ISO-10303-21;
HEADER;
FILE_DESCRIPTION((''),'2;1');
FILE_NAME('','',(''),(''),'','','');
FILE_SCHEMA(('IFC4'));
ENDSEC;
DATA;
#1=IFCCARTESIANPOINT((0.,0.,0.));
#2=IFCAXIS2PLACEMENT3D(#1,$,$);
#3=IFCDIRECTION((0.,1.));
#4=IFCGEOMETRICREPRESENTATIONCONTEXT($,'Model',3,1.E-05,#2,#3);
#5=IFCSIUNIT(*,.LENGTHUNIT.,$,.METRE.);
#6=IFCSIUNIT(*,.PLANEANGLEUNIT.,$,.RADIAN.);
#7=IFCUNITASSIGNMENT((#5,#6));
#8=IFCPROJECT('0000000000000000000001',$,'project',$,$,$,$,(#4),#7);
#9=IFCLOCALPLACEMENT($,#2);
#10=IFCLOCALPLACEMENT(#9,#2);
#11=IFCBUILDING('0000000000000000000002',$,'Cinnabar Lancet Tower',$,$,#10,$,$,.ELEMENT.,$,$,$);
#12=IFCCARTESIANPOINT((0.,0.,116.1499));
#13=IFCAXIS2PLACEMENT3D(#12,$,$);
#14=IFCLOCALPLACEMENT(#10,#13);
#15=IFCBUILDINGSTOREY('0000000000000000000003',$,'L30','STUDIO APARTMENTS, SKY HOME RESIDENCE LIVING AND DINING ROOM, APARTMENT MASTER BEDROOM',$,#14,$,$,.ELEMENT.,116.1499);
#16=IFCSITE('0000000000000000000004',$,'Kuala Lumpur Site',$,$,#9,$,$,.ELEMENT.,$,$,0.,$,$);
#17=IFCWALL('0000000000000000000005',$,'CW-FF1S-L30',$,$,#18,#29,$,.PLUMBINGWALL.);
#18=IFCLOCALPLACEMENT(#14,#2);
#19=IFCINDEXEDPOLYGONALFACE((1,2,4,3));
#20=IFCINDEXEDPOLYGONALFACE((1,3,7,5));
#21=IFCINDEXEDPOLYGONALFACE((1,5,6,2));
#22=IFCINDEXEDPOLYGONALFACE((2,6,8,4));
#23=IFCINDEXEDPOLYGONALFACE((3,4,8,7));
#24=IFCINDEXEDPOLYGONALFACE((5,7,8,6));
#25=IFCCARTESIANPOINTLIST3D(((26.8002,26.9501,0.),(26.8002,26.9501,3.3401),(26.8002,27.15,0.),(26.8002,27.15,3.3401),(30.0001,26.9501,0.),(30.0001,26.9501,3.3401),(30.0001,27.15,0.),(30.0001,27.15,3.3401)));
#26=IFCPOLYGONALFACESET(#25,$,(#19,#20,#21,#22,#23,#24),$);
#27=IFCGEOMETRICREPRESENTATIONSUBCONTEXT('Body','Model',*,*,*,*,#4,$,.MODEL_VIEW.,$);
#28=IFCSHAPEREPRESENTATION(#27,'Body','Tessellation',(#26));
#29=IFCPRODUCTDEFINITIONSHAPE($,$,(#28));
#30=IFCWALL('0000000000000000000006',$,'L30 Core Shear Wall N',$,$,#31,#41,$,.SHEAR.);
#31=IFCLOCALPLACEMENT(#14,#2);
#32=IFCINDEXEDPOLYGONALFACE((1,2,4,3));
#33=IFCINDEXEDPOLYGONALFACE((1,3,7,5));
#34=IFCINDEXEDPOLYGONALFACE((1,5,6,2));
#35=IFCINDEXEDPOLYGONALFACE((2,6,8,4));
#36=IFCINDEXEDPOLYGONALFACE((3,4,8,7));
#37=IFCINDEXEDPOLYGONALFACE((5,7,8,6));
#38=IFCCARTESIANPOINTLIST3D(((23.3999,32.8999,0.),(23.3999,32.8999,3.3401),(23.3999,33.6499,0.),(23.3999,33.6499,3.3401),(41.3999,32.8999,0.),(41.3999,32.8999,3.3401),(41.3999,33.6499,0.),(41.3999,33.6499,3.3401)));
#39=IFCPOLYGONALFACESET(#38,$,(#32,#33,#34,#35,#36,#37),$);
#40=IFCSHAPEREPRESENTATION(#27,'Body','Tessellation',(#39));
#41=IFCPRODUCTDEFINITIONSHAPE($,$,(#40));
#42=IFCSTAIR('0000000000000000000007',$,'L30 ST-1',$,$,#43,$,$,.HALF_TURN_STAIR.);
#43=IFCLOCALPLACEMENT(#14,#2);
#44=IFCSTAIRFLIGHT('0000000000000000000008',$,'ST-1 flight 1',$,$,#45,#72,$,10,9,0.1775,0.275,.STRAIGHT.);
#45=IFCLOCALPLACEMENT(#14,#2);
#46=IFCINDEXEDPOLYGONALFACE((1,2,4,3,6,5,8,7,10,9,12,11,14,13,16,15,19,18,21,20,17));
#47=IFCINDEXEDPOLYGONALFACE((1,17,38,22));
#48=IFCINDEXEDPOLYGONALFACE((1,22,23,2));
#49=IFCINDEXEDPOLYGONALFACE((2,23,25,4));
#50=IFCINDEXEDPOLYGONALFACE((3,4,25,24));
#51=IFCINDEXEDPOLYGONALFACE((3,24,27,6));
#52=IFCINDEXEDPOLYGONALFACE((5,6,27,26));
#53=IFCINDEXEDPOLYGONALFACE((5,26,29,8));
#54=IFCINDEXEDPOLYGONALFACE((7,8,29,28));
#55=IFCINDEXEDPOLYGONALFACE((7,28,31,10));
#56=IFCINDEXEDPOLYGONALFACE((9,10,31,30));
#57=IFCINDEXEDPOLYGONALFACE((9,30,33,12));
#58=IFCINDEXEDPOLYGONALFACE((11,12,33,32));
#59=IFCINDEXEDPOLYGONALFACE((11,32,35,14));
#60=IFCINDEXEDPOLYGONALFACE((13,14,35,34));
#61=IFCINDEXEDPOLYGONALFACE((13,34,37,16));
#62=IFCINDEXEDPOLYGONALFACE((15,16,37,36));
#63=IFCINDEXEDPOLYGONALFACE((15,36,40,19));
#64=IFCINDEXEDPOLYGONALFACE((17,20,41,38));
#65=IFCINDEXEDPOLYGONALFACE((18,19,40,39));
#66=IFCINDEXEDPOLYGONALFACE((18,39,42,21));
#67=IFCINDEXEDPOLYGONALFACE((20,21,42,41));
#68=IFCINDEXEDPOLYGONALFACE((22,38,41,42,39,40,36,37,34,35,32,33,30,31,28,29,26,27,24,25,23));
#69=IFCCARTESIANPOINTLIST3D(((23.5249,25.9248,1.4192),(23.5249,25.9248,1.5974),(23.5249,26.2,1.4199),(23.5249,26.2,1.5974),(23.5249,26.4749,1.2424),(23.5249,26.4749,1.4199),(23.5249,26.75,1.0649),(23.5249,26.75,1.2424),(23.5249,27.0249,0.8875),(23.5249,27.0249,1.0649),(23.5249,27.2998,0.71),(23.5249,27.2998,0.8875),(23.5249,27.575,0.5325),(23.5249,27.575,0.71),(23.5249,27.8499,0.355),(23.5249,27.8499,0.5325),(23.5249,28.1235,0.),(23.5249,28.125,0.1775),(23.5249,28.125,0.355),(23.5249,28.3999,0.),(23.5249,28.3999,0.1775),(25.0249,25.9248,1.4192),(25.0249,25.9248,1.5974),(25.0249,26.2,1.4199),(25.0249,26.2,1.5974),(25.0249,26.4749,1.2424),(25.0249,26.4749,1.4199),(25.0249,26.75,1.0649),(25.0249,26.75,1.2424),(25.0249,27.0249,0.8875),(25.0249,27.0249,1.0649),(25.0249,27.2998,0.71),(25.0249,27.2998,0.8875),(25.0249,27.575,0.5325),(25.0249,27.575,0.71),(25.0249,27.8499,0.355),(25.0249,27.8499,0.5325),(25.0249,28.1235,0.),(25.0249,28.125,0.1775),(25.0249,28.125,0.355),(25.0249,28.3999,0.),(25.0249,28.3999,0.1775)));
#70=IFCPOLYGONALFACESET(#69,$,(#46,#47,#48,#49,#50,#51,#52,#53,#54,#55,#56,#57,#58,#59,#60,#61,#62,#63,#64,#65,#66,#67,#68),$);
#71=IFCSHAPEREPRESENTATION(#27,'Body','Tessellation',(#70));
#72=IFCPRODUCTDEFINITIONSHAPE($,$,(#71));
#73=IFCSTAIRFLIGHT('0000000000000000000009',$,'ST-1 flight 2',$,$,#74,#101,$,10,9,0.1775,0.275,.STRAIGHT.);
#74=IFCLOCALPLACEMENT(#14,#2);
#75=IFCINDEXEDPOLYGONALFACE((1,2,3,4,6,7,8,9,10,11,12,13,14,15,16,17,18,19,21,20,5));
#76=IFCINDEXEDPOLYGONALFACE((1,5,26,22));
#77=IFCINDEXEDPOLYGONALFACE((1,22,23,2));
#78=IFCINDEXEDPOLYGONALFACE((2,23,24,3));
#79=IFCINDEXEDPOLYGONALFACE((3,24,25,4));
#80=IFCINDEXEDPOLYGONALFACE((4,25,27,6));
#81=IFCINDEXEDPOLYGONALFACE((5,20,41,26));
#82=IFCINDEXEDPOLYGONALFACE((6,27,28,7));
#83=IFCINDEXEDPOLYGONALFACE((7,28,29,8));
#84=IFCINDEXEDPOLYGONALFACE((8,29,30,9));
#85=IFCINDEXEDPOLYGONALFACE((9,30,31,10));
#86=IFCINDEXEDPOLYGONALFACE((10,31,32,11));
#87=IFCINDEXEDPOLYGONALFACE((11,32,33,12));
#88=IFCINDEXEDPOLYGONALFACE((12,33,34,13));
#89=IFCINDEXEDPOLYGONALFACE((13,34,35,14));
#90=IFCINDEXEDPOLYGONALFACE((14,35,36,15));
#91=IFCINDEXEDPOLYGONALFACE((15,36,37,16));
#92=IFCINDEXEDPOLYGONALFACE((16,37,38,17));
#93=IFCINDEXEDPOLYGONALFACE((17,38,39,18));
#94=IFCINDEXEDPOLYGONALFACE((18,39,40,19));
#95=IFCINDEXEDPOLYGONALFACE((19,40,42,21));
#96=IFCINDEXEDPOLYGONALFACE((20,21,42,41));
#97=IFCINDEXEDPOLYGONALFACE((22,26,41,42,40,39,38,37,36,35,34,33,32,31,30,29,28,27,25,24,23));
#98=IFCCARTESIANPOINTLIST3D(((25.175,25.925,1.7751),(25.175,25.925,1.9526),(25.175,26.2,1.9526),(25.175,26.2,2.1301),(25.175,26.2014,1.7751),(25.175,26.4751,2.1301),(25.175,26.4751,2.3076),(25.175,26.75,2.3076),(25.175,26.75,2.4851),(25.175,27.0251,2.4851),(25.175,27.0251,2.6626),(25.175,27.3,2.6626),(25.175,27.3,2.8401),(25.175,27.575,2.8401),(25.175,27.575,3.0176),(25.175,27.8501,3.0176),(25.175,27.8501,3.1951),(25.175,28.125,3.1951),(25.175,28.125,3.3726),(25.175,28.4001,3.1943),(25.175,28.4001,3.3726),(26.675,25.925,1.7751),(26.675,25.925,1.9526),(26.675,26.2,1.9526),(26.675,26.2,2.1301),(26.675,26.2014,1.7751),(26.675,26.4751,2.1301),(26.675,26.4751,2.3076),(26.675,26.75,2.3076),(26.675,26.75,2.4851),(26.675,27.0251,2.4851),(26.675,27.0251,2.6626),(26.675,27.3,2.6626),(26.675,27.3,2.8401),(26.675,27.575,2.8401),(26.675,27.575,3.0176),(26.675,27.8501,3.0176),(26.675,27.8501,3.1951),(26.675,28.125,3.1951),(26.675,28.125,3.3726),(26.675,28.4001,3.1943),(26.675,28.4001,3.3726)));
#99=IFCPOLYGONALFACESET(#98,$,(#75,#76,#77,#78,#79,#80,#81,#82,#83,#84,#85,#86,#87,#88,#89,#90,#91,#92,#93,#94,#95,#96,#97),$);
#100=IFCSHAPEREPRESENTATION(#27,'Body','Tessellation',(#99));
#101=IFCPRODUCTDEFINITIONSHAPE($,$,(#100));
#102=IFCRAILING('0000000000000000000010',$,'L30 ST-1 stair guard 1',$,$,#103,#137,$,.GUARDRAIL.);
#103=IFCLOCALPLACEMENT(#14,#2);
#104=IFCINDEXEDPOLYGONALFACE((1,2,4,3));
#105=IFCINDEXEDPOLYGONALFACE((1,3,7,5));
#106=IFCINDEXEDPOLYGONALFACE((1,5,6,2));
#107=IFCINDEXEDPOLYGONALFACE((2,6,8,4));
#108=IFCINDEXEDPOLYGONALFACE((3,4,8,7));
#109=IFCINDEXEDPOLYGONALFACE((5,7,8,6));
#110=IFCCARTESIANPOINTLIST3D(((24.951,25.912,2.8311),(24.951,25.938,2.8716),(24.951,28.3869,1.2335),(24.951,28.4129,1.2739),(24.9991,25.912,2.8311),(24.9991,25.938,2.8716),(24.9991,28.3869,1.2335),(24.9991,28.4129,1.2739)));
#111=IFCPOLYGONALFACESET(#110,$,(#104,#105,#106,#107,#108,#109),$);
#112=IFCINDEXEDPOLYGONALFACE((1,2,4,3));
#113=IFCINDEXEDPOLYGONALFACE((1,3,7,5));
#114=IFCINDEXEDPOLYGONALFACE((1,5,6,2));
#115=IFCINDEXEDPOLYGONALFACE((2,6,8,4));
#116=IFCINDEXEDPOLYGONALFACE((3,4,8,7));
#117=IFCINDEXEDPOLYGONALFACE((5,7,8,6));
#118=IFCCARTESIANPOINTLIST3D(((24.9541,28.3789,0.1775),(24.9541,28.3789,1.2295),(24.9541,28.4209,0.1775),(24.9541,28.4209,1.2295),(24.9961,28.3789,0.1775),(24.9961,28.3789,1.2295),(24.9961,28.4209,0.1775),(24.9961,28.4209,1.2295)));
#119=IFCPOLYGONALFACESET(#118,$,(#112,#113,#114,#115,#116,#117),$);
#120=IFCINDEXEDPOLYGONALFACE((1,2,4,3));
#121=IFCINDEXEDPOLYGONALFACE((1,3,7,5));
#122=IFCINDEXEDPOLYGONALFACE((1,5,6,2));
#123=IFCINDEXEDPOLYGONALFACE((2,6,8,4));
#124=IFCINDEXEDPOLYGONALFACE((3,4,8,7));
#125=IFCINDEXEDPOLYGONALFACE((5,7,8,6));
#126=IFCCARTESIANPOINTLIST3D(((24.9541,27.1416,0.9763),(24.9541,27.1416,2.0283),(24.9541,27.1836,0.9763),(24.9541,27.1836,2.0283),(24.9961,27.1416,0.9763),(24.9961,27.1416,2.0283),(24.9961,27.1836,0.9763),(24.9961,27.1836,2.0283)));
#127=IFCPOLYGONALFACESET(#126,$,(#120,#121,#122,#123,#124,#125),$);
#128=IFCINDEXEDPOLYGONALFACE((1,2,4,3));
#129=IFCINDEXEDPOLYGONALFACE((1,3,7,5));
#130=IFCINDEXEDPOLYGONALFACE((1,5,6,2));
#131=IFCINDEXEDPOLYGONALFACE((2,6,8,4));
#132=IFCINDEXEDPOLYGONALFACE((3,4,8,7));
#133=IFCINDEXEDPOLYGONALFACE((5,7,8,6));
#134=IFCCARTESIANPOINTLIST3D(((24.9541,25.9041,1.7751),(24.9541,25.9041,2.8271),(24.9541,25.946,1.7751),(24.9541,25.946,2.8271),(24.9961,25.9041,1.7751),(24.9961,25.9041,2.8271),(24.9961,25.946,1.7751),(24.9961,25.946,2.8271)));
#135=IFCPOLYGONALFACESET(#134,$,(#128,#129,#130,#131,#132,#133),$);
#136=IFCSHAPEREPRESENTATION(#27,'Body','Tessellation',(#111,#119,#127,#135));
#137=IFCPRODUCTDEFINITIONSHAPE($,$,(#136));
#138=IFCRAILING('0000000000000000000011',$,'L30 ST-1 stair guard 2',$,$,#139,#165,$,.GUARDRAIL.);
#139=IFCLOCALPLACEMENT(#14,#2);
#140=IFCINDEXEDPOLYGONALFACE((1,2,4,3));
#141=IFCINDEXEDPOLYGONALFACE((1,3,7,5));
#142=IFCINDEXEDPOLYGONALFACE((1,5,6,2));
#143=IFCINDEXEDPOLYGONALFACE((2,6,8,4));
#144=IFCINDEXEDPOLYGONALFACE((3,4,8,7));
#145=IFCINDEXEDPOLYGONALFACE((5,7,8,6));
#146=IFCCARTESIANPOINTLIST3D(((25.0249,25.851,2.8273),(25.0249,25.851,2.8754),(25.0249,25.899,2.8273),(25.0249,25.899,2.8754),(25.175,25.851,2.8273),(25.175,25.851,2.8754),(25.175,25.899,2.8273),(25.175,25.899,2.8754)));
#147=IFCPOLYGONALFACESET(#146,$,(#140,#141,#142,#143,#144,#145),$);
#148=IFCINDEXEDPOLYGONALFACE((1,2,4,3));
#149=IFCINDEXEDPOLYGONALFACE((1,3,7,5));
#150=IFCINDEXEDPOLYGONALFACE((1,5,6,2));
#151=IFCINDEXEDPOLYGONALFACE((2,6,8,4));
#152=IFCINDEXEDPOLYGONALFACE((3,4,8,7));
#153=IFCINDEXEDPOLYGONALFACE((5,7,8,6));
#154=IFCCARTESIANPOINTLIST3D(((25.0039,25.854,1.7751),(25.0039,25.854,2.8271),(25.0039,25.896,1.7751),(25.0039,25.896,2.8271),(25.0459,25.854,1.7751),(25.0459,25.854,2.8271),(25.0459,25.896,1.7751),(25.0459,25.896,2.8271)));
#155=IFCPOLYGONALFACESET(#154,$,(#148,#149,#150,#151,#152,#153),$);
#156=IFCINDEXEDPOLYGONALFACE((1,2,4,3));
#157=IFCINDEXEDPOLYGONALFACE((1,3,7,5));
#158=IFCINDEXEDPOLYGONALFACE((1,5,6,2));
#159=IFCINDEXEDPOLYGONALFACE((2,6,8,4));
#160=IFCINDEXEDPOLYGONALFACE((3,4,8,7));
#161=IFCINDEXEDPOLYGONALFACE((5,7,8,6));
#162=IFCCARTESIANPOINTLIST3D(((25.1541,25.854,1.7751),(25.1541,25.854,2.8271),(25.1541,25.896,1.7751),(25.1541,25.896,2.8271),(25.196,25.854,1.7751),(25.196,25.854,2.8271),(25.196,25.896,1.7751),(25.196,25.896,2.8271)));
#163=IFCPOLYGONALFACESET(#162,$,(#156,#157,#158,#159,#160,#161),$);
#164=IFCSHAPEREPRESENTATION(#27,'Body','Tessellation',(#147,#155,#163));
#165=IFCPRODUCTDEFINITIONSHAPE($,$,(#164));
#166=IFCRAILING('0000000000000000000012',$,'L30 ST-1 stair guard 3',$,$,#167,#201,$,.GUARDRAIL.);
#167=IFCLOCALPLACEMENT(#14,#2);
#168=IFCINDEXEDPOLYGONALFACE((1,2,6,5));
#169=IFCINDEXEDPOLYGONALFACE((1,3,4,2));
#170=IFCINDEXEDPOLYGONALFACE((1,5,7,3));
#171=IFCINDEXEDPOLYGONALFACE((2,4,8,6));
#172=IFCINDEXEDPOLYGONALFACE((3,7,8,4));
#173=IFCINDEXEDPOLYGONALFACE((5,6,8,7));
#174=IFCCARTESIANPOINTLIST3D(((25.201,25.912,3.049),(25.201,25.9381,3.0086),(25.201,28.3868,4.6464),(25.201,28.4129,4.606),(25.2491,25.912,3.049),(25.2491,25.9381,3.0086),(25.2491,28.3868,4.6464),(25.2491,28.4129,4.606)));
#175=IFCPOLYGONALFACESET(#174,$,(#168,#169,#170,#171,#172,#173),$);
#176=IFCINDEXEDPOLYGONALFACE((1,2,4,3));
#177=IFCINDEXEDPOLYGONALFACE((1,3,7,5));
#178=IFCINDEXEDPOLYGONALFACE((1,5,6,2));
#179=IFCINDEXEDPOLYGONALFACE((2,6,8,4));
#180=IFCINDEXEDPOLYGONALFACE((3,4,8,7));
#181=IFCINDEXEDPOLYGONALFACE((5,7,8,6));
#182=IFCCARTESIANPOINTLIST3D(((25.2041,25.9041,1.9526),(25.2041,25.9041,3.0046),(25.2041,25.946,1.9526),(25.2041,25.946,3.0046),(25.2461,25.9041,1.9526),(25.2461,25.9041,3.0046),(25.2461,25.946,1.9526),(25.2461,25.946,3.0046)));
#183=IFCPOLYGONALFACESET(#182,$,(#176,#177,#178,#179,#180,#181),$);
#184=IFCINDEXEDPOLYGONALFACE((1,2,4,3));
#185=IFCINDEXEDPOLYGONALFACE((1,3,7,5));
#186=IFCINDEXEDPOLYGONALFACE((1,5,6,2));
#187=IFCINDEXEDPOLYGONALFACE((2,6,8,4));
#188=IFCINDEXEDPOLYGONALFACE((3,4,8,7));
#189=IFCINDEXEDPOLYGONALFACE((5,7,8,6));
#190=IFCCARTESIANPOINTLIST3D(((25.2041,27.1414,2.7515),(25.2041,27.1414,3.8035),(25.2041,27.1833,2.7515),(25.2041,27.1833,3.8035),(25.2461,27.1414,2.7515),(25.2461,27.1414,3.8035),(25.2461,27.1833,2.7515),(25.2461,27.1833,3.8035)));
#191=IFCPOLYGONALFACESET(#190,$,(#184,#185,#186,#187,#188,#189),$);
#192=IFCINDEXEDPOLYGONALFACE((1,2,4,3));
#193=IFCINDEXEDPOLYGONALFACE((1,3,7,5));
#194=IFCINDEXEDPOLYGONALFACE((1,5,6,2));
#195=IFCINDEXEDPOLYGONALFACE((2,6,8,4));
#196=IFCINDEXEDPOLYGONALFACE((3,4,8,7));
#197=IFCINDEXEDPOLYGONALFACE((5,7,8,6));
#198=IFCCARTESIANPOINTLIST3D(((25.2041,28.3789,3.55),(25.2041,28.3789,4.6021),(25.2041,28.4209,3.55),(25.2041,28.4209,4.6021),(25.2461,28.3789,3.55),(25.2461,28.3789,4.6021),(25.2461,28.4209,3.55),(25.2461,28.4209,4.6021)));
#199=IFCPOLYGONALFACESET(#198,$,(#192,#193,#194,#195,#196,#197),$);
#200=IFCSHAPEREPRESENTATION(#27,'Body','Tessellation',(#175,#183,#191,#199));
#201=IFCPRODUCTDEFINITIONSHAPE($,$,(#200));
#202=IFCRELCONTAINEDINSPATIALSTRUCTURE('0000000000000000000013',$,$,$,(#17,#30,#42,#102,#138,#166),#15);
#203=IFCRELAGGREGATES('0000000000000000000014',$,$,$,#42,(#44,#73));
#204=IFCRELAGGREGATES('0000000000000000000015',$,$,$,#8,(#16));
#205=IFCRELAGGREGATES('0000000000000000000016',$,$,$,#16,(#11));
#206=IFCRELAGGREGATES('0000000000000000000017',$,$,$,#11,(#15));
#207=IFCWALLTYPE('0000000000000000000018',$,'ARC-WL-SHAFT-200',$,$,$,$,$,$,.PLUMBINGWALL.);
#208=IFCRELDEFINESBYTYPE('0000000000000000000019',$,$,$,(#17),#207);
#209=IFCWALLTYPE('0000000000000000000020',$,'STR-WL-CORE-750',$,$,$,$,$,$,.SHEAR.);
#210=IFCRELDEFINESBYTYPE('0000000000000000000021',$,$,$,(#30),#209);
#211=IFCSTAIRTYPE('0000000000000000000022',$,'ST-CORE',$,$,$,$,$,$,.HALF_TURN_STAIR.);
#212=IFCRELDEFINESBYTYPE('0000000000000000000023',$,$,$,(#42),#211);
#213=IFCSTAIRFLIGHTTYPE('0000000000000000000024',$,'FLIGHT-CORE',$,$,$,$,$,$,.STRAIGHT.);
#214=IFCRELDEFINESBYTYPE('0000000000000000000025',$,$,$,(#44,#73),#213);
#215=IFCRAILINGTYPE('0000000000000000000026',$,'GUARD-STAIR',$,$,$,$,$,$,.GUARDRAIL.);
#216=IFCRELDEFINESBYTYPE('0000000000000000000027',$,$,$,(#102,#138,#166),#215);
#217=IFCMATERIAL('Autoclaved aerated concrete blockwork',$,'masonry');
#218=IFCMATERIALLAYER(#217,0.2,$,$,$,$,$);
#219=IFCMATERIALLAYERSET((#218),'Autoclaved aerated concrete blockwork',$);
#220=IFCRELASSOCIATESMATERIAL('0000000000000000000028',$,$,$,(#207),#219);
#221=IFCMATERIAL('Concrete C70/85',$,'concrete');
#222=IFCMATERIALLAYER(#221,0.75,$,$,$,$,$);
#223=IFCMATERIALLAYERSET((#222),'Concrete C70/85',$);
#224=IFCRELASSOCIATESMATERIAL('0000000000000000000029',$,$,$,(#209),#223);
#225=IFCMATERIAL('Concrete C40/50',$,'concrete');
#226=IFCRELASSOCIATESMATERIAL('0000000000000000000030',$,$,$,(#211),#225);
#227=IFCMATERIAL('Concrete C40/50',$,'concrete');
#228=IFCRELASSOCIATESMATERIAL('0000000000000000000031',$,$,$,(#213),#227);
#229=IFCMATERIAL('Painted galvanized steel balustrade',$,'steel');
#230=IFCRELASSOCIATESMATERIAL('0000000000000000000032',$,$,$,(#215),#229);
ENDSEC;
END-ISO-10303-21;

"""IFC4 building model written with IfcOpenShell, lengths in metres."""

from ifc_helpers import new_model, si_unit, direction, frame, frame_2d, origin, origin_2d, place, context, subcontext, project, spatial, polyline, rectangle, outline, extrude, material, layer, layer_set, type_object, element, aggregate, save


model = new_model("IFC4")

# Units and contexts
model_context = context("Model", 3, precision=1e-05, world=origin(), true_north=direction((0.0, 1.0)))
body_context = subcontext(model_context, "Body", "Model", "MODEL_VIEW")
ifc_project = project(units=[si_unit("LENGTHUNIT", "METRE"), si_unit("PLANEANGLEUNIT", "RADIAN")], contexts=[model_context])

# Site, building, storey
site_placement = place(None, origin())
site = spatial("IfcSite", under=ifc_project, at=site_placement, Name="Kuala Lumpur Site", CompositionType="ELEMENT", RefElevation=0.0)
building_placement = place(site_placement, origin())
building = spatial("IfcBuilding", under=site, at=building_placement, Name="Cinnabar Lancet Tower", CompositionType="ELEMENT")
storey_placement = place(building_placement, frame((0.0, 0.0, 116.1499)))
storey = spatial("IfcBuildingStorey", under=building, at=storey_placement, Name="L30", Description="STUDIO APARTMENTS, SKY HOME RESIDENCE LIVING AND DINING ROOM, APARTMENT MASTER BEDROOM", CompositionType="ELEMENT", Elevation=116.1499)

# Shared definitions
ifc_material_1 = material(Name="Autoclaved aerated concrete blockwork", Category="masonry")
ifc_layer_1 = layer(ifc_material_1, 0.2)
ifc_layer_set_1 = layer_set([ifc_layer_1], Name="Autoclaved aerated concrete blockwork")
wall_type_1 = type_object("IfcWallType", Name="ARC-WL-SHAFT-200", PredefinedType="PLUMBINGWALL", material=ifc_layer_set_1)

# Walls
wall_1_placement = place(storey_placement, frame((26.8, 27.05, 0.0), z_axis=(0.0, 0.0, 1.0), x_axis=(1.0, 0.0, 0.0)))
element("IfcWall", 1, at=wall_1_placement, inside=storey, type_object=wall_type_1, Name="CW-FF1S-L30", PredefinedType="PLUMBINGWALL", context=body_context, shape_type="SweptSolid", body=[
    extrude(rectangle(XDim=3.2, YDim=0.2, at=frame_2d((1.6001, 0.0))), origin(), (0.0, 0.0, 1.0), 3.3401),
])
ifc_material_2 = material(Name="Concrete C70/85", Category="concrete")
ifc_layer_2 = layer(ifc_material_2, 0.75)
ifc_layer_set_2 = layer_set([ifc_layer_2], Name="Concrete C70/85")
wall_type_2 = type_object("IfcWallType", Name="STR-WL-CORE-750", PredefinedType="SHEAR", material=ifc_layer_set_2)
wall_2_placement = place(storey_placement, frame((23.3999, 33.2749, 0.0), z_axis=(0.0, 0.0, 1.0), x_axis=(1.0, 0.0, 0.0)))
element("IfcWall", 2, at=wall_2_placement, inside=storey, type_object=wall_type_2, Name="L30 Core Shear Wall N", PredefinedType="SHEAR", context=body_context, shape_type="SweptSolid", body=[
    extrude(rectangle(XDim=18.0, YDim=0.75, at=frame_2d((9.0, 0.0))), origin(), (0.0, 0.0, 1.0), 3.3401),
])

# Stair, stair flights
ifc_material_3 = material(Name="Concrete C40/50", Category="concrete")
stair_type = type_object("IfcStairType", Name="ST-CORE", PredefinedType="HALF_TURN_STAIR", material=ifc_material_3)
stair_placement = place(storey_placement, origin())
stair = element("IfcStair", 3, at=stair_placement, inside=storey, type_object=stair_type, Name="L30 ST-1", PredefinedType="HALF_TURN_STAIR")
ifc_material_4 = material(Name="Concrete C40/50", Category="concrete")
stair_flight_type = type_object("IfcStairFlightType", Name="FLIGHT-CORE", PredefinedType="STRAIGHT", material=ifc_material_4)
stair_flight_1_placement = place(storey_placement, frame((24.2749, 28.3999, 0.0), z_axis=(0.0, 0.0, 1.0), x_axis=(0.0, -1.0, 0.0)))
stair_flight_1 = element("IfcStairFlight", 4, at=stair_flight_1_placement, type_object=stair_flight_type, Name="ST-1 flight 1", NumberOfRisers=10, NumberOfTreads=9, PredefinedType="STRAIGHT", RiserHeight=0.1775, TreadLength=0.275, context=body_context, shape_type="SweptSolid", body=[
    extrude(outline(polyline([(0.0, 0.0), (0.0, 0.1775), (0.2749, 0.1775), (0.2749, 0.355), (0.55, 0.355), (0.55, 0.5325), (0.825, 0.5325), (0.825, 0.71), (1.1001, 0.71), (1.1001, 0.8875), (1.375, 0.8875), (1.375, 1.0649), (1.6499, 1.0649), (1.6499, 1.2424), (1.925, 1.2424), (1.925, 1.4199), (2.2, 1.4199), (2.2, 1.5974), (2.4751, 1.5974), (2.4751, 1.7749), (2.4751, 1.4192), (0.2764, 0.0), (0.0, 0.0)])), frame((0.0, 0.75, 0.0), z_axis=(0.0, -1.0, 0.0), x_axis=(1.0, 0.0, 0.0)), (0.0, 0.0, 1.0), 1.5),
])
stair_flight_2_placement = place(storey_placement, frame((25.925, 25.925, 1.7751), z_axis=(0.0, 0.0, 1.0), x_axis=(0.0, 1.0, 0.0)))
stair_flight_2 = element("IfcStairFlight", 5, at=stair_flight_2_placement, type_object=stair_flight_type, Name="ST-1 flight 2", NumberOfRisers=10, NumberOfTreads=9, PredefinedType="STRAIGHT", RiserHeight=0.1775, TreadLength=0.275, context=body_context, shape_type="SweptSolid", body=[
    extrude(outline(polyline([(0.0, 0.0), (0.0, 0.1775), (0.2749, 0.1775), (0.2749, 0.355), (0.55, 0.355), (0.55, 0.5325), (0.825, 0.5325), (0.825, 0.71), (1.1001, 0.71), (1.1001, 0.8875), (1.375, 0.8875), (1.375, 1.0649), (1.6499, 1.0649), (1.6499, 1.2424), (1.925, 1.2424), (1.925, 1.4199), (2.2, 1.4199), (2.2, 1.5974), (2.4751, 1.5974), (2.4751, 1.7749), (2.4751, 1.4192), (0.2764, 0.0), (0.0, 0.0)])), frame((0.0, 0.75, 0.0), z_axis=(0.0, -1.0, 0.0), x_axis=(1.0, 0.0, 0.0)), (0.0, 0.0, 1.0), 1.5),
])
aggregate(stair, [stair_flight_1, stair_flight_2])

# Railings
ifc_material_5 = material(Name="Painted galvanized steel balustrade", Category="steel")
railing_type_1 = type_object("IfcRailingType", Name="GUARD-STAIR", PredefinedType="GUARDRAIL", material=ifc_material_5)
railing_1_placement = place(storey_placement, frame((24.9751, 28.3999, 0.1775)))
element("IfcRailing", 6, at=railing_1_placement, inside=storey, type_object=railing_type_1, Name="L30 ST-1 stair guard 1", PredefinedType="GUARDRAIL", context=body_context, shape_type="SweptSolid", body=[
    extrude(rectangle(XDim=0.0481, YDim=0.0481, at=origin_2d()), frame((0.0, 0.0, 1.0762), z_axis=(0.0, -0.840146, 0.542361), x_axis=(1.0, 0.0, 0.0)), (0.0, 0.0, 1.0), 2.9458),
    extrude(rectangle(XDim=0.042, YDim=0.042, at=origin_2d()), origin(), (0.0, 0.0, 1.0), 1.052),
    extrude(rectangle(XDim=0.042, YDim=0.042, at=origin_2d()), frame((0.0, -1.2373, 0.7988)), (0.0, 0.0, 1.0), 1.052),
    extrude(rectangle(XDim=0.042, YDim=0.042, at=origin_2d()), frame((0.0, -2.4749, 1.5977)), (0.0, 0.0, 1.0), 1.052),
])
railing_2_placement = place(storey_placement, frame((25.0249, 25.875, 1.7751)))
element("IfcRailing", 7, at=railing_2_placement, inside=storey, type_object=railing_type_1, Name="L30 ST-1 stair guard 2", PredefinedType="GUARDRAIL", context=body_context, shape_type="SweptSolid", body=[
    extrude(rectangle(XDim=0.0481, YDim=0.0481, at=origin_2d()), frame((0.0, 0.0, 1.0762), z_axis=(1.0, 0.0, 0.0), x_axis=(0.0, 1.0, 0.0)), (0.0, 0.0, 1.0), 0.1501),
    extrude(rectangle(XDim=0.042, YDim=0.042, at=origin_2d()), origin(), (0.0, 0.0, 1.0), 1.052),
    extrude(rectangle(XDim=0.042, YDim=0.042, at=origin_2d()), frame((0.1501, 0.0, 0.0)), (0.0, 0.0, 1.0), 1.052),
])
railing_3_placement = place(storey_placement, frame((25.2251, 25.925, 1.9526)))
element("IfcRailing", 8, at=railing_3_placement, inside=storey, type_object=railing_type_1, Name="L30 ST-1 stair guard 3", PredefinedType="GUARDRAIL", context=body_context, shape_type="SweptSolid", body=[
    extrude(rectangle(XDim=0.0481, YDim=0.0481, at=origin_2d()), frame((0.0, 0.0, 1.0762), z_axis=(0.0, 0.840183, 0.542302), x_axis=(-1.0, 0.0, 0.0)), (0.0, 0.0, 1.0), 2.9456),
    extrude(rectangle(XDim=0.042, YDim=0.042, at=origin_2d()), origin(), (0.0, 0.0, 1.0), 1.052),
    extrude(rectangle(XDim=0.042, YDim=0.042, at=origin_2d()), frame((0.0, 1.2373, 0.7988)), (0.0, 0.0, 1.0), 1.052),
    extrude(rectangle(XDim=0.042, YDim=0.042, at=origin_2d()), frame((0.0, 2.4749, 1.5974)), (0.0, 0.0, 1.0), 1.052),
])

save(model, "model.ifc")
